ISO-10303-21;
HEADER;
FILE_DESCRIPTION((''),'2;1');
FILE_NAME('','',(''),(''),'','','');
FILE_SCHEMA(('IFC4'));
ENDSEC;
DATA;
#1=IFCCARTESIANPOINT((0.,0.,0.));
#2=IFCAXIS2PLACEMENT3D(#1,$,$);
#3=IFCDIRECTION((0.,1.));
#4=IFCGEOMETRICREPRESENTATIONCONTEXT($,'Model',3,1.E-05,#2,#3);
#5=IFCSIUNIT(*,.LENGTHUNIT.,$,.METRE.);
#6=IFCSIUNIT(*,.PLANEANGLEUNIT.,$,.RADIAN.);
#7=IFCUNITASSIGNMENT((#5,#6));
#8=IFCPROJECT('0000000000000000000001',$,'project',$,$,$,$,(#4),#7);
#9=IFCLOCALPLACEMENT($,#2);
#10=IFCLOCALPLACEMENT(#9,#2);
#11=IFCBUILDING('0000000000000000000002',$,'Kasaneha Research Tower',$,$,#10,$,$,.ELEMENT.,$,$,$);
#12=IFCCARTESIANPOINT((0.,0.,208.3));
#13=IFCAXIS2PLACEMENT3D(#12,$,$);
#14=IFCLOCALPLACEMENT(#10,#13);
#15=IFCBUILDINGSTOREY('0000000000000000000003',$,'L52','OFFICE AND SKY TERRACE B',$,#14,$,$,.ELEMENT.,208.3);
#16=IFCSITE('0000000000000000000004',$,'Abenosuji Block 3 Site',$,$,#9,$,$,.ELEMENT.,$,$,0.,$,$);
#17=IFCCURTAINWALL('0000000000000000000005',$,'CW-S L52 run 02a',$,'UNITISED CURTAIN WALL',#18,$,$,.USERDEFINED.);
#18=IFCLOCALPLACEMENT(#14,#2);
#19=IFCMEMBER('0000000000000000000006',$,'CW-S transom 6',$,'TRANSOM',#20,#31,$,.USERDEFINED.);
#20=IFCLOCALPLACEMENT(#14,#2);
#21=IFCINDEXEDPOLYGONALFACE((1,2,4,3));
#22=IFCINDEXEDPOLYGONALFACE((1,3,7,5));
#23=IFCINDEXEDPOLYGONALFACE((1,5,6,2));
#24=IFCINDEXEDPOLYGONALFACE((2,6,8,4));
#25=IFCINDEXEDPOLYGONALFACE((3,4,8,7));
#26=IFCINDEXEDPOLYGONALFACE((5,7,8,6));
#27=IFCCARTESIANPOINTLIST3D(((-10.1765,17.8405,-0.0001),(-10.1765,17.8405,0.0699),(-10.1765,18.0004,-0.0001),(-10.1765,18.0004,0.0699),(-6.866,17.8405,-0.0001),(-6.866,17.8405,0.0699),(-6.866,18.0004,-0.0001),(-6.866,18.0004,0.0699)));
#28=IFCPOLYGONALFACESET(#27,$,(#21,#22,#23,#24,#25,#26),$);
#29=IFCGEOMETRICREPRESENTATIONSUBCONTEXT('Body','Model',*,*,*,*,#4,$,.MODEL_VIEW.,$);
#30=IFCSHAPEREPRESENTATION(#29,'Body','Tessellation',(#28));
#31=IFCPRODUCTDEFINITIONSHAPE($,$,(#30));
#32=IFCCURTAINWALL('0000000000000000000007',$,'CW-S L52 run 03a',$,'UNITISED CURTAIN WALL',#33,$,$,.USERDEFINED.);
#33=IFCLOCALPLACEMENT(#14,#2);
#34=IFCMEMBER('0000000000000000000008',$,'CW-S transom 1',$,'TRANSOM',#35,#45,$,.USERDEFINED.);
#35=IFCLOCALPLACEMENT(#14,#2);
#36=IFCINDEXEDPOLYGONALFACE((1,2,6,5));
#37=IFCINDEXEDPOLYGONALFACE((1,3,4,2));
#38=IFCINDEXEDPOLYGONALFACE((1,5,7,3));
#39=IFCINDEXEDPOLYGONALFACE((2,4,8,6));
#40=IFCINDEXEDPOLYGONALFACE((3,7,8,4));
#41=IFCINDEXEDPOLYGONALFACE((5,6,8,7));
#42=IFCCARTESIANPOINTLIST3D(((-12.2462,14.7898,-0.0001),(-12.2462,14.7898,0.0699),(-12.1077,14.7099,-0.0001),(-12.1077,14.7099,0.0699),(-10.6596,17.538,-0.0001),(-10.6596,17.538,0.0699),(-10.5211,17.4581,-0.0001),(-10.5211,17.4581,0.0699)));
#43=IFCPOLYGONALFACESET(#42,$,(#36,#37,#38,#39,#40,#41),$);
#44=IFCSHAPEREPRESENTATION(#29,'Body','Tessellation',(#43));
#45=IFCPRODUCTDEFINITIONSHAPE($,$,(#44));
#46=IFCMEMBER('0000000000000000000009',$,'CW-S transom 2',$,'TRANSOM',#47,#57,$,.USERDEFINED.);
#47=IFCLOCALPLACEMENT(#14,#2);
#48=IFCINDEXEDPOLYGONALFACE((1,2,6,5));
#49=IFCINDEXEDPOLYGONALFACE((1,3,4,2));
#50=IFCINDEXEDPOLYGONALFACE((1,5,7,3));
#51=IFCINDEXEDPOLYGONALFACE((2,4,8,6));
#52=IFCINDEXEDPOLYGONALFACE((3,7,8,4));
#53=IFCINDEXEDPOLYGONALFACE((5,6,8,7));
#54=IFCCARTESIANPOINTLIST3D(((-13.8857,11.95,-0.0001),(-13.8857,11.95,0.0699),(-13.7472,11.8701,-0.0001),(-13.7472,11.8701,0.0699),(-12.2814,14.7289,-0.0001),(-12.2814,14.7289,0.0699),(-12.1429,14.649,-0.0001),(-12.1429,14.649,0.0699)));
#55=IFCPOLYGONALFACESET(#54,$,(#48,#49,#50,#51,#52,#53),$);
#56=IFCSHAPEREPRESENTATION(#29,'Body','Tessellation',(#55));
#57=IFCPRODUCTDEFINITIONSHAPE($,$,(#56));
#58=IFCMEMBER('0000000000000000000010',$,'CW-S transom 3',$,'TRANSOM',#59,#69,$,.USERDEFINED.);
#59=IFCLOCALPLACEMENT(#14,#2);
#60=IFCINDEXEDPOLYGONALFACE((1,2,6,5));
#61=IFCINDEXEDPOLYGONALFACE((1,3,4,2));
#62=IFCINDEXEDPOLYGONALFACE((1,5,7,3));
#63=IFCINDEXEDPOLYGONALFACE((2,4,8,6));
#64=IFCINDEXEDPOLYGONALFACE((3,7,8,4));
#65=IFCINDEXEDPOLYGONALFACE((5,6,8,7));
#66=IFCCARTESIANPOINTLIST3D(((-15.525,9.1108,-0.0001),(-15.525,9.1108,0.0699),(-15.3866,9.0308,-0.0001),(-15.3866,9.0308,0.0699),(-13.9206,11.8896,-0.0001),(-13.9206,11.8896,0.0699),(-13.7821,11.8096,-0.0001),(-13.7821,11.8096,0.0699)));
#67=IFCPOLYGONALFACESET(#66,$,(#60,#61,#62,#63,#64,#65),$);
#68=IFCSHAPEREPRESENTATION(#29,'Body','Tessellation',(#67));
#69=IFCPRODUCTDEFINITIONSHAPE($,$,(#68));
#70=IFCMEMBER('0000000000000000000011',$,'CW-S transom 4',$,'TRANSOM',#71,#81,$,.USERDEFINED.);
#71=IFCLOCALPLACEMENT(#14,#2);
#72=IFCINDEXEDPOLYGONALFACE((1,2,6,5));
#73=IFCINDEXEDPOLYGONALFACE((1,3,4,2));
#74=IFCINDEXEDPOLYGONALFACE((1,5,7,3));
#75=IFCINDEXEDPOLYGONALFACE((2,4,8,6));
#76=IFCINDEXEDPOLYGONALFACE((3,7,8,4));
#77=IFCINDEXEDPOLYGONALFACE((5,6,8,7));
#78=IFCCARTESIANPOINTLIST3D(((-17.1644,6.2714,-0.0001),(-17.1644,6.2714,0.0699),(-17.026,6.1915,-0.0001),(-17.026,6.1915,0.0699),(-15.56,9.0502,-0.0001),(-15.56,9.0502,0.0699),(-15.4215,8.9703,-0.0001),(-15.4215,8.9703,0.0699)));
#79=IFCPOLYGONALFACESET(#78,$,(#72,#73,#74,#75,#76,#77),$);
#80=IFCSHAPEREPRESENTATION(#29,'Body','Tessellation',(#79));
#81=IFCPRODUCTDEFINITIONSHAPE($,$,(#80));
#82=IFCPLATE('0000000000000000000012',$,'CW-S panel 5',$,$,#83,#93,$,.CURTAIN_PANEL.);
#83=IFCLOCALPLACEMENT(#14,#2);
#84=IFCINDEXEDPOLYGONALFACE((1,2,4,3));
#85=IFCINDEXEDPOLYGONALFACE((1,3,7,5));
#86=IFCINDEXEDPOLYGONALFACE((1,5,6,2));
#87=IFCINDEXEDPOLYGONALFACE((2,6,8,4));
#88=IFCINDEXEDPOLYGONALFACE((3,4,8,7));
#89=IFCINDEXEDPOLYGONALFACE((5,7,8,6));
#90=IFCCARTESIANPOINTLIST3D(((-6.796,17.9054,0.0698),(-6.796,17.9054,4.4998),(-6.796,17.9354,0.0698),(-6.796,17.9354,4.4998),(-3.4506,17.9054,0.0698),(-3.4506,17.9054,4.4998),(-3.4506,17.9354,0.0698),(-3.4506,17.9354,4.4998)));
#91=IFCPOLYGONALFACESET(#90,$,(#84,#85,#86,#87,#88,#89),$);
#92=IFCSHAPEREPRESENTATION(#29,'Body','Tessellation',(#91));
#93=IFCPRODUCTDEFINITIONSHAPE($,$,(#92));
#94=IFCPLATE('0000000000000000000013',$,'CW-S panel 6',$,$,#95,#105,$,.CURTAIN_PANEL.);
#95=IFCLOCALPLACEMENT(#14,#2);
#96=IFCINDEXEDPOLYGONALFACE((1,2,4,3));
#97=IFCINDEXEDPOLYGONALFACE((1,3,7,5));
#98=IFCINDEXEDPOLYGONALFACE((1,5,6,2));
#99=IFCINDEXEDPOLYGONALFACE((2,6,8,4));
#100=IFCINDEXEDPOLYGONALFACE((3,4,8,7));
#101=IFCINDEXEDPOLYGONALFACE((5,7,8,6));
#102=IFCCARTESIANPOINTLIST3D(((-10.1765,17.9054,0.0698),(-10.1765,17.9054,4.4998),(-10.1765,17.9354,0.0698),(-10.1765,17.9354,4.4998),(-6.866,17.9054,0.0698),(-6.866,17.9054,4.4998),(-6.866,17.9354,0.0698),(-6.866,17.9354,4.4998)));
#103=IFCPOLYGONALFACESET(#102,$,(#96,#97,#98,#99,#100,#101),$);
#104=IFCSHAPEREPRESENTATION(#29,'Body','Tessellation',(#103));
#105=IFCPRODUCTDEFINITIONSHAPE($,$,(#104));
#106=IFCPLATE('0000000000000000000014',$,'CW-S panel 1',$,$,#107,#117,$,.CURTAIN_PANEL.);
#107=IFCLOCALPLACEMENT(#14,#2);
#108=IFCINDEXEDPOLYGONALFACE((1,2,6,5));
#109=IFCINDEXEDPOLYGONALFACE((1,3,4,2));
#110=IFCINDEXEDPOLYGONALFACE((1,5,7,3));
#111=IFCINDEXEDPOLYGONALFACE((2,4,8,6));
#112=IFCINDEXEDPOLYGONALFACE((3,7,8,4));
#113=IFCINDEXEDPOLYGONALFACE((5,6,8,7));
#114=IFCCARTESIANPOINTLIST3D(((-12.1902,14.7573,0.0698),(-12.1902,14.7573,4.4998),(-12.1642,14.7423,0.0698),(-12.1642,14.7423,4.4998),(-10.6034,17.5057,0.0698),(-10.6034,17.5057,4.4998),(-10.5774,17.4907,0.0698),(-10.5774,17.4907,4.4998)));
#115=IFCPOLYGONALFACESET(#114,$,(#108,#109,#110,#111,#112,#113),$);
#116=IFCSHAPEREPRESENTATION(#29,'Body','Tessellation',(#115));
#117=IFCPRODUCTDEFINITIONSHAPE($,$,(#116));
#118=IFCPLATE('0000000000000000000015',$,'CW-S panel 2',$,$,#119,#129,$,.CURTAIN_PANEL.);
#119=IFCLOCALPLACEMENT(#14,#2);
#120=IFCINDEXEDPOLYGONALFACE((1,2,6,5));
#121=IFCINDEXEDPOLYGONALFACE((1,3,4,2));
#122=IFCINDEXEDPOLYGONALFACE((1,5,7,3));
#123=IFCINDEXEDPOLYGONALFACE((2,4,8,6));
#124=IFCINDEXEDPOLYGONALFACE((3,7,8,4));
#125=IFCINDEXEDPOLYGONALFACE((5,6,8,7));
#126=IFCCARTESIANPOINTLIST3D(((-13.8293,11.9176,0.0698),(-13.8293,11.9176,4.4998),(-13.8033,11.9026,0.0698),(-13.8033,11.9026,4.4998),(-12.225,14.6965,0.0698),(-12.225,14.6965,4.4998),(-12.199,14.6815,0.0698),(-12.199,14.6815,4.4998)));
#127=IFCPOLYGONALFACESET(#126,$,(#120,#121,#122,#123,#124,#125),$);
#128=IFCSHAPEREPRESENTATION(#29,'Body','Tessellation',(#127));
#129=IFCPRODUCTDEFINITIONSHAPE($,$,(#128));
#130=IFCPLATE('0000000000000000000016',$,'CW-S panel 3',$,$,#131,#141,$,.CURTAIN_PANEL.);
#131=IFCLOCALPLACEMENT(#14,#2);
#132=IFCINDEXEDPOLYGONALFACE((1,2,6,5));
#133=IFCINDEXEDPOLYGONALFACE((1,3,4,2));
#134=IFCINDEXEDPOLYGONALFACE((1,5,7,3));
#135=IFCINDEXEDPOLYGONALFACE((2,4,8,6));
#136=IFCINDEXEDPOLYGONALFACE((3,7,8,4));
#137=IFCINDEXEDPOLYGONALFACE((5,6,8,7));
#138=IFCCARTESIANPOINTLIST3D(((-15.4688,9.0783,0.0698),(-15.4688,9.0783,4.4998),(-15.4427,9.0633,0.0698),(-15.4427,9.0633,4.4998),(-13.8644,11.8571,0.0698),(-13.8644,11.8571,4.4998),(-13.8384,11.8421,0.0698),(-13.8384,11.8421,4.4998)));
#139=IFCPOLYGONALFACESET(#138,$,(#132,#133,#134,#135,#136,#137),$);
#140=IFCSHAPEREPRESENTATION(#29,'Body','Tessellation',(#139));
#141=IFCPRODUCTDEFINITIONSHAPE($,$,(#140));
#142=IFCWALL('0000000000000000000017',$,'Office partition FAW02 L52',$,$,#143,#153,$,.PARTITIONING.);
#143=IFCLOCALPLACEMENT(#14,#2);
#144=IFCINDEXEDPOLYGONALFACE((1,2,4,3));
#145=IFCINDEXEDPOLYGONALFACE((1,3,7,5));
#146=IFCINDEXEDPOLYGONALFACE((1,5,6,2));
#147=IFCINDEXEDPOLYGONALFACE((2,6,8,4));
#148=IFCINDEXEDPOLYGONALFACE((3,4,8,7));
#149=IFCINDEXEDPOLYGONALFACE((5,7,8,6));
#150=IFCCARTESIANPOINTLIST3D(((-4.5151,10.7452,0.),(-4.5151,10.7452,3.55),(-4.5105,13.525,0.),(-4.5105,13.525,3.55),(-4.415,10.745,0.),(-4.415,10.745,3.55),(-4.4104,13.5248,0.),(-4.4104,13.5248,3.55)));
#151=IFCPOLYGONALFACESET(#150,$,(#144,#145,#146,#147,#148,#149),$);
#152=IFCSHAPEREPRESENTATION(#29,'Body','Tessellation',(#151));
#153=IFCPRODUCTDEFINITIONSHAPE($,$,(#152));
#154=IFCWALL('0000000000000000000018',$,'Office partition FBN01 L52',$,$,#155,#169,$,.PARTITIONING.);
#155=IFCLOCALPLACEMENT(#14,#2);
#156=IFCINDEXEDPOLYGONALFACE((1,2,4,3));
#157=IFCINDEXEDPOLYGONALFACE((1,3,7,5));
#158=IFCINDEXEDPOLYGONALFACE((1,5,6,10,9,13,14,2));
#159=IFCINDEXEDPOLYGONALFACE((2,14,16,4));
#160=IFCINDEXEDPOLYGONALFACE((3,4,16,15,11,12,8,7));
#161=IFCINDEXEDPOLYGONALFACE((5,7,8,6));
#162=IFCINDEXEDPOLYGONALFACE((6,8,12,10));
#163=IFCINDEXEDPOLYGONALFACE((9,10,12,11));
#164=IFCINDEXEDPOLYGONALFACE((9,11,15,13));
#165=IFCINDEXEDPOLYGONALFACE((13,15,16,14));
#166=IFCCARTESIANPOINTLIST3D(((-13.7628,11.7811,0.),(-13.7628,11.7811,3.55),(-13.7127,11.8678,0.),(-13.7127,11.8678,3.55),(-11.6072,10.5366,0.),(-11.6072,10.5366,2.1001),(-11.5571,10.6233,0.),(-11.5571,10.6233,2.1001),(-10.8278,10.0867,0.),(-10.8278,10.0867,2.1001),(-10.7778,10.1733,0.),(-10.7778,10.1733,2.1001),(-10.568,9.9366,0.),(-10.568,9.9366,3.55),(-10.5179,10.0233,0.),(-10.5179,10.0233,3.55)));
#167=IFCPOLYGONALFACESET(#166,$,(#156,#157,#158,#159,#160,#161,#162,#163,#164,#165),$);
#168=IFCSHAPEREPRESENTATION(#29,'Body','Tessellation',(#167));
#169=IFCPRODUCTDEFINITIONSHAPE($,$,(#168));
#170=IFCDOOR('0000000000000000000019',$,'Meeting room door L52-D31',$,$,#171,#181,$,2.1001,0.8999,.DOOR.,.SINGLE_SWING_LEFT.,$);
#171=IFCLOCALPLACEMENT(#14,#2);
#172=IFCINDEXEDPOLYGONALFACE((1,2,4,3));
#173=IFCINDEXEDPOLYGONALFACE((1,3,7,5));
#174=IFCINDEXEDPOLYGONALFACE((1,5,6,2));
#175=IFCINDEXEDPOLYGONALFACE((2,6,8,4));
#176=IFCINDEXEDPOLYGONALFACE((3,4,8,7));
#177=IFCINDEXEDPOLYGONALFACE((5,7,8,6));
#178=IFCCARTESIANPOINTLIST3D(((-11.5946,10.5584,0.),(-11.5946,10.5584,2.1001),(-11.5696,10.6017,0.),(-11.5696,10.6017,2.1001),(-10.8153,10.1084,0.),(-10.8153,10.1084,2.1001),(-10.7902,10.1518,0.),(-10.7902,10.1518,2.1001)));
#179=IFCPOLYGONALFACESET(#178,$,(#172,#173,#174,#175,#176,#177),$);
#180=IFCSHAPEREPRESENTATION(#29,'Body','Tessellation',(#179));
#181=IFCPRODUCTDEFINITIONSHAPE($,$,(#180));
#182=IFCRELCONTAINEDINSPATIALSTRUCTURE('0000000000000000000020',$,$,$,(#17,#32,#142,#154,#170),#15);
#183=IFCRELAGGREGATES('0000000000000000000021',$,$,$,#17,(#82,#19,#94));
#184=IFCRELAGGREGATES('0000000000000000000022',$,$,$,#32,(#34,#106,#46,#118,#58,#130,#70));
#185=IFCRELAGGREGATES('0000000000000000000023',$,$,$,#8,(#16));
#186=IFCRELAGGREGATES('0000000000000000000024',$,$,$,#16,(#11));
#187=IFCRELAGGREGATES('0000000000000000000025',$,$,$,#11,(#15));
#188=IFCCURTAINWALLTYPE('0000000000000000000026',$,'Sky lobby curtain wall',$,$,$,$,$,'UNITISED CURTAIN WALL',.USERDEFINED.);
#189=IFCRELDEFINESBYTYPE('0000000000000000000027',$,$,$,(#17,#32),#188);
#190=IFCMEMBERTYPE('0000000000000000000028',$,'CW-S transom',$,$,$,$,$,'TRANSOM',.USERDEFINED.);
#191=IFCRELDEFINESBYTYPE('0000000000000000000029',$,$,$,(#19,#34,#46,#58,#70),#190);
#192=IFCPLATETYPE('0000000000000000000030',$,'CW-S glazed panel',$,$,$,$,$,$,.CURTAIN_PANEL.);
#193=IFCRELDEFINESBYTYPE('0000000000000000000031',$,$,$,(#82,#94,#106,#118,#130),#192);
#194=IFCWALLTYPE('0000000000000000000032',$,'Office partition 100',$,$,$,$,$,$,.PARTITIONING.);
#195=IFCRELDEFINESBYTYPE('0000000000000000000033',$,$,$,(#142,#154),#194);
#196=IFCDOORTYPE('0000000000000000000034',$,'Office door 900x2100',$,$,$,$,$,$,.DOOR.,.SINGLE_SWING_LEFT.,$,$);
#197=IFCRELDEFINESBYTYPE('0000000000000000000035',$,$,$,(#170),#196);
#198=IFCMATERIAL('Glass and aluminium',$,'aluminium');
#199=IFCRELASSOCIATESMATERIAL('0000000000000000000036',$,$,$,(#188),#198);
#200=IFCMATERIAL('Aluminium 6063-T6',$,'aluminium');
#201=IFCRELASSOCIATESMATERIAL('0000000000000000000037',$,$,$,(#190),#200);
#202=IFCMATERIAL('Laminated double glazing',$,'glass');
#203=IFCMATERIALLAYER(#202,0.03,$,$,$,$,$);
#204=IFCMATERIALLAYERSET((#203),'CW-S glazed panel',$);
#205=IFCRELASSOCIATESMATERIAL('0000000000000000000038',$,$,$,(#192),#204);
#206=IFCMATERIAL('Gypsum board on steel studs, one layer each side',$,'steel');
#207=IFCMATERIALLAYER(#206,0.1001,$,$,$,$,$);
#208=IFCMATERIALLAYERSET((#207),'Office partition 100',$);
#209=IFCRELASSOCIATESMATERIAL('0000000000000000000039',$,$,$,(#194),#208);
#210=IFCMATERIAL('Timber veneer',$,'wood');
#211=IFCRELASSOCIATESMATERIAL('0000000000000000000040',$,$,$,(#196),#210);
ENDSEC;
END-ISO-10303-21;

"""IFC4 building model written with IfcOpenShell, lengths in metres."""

from ifc_helpers import new_model, si_unit, direction, frame, frame_2d, origin, origin_2d, place, context, subcontext, project, spatial, rectangle, extrude, material, layer, layer_set, material_profile, profile_set, type_object, element, fill, aggregate, save


model = new_model("IFC4")

# Units and contexts
model_context = context("Model", 3, precision=1e-05, world=origin(), true_north=direction((0.0, 1.0)))
body_context = subcontext(model_context, "Body", "Model", "MODEL_VIEW")
ifc_project = project(units=[si_unit("LENGTHUNIT", "METRE"), si_unit("PLANEANGLEUNIT", "RADIAN")], contexts=[model_context])

# Site, building, storey
site_placement = place(None, origin())
site = spatial("IfcSite", under=ifc_project, at=site_placement, Name="Abenosuji Block 3 Site", CompositionType="ELEMENT", RefElevation=0.0)
building_placement = place(site_placement, origin())
building = spatial("IfcBuilding", under=site, at=building_placement, Name="Kasaneha Research Tower", CompositionType="ELEMENT")
storey_placement = place(building_placement, frame((0.0, 0.0, 208.3)))
storey = spatial("IfcBuildingStorey", under=building, at=storey_placement, Name="L52", Description="OFFICE AND SKY TERRACE B", CompositionType="ELEMENT", Elevation=208.3)

# Curtain wall, member
ifc_material_1 = material(Name="Glass and aluminium", Category="aluminium")
curtain_wall_type = type_object("IfcCurtainWallType", Name="Sky lobby curtain wall", ElementType="UNITISED CURTAIN WALL", PredefinedType="USERDEFINED", material=ifc_material_1)
curtain_wall_1_placement = place(storey_placement, origin())
curtain_wall_1 = element("IfcCurtainWall", 1, at=curtain_wall_1_placement, inside=storey, type_object=curtain_wall_type, Name="CW-S L52 run 02a", ObjectType="UNITISED CURTAIN WALL", PredefinedType="USERDEFINED")
ifc_material_2 = material(Name="Aluminium 6063-T6", Category="aluminium")
ifc_material_profile = material_profile(ifc_material_2, rectangle(XDim=0.1599, YDim=0.0701, at=origin_2d()), Name="CW-S transom 160x70")
ifc_profile_set = profile_set([ifc_material_profile], Name="Aluminium 6063-T6")
member_type = type_object("IfcMemberType", Name="CW-S transom", ElementType="TRANSOM", PredefinedType="USERDEFINED", material=ifc_profile_set)
member_1_placement = place(storey_placement, frame((-6.866, 17.9204, 0.0349), z_axis=(-1.0, 0.0, 0.0), x_axis=(0.0, -1.0, 0.0)))
member_1 = element("IfcMember", 2, at=member_1_placement, type_object=member_type, Name="CW-S transom 6", ObjectType="TRANSOM", PredefinedType="USERDEFINED", context=body_context, shape_type="SweptSolid", body=[
    extrude(rectangle(XDim=0.1599, YDim=0.0701, at=origin_2d()), origin(), (0.0, 0.0, 1.0), 3.3105),
])

# Curtain wall, members
curtain_wall_2_placement = place(storey_placement, origin())
curtain_wall_2 = element("IfcCurtainWall", 3, at=curtain_wall_2_placement, inside=storey, type_object=curtain_wall_type, Name="CW-S L52 run 03a", ObjectType="UNITISED CURTAIN WALL", PredefinedType="USERDEFINED")
member_2_placement = place(storey_placement, frame((-10.5903, 17.498, 0.0349), z_axis=(-0.499987, -0.866033, 0.0), x_axis=(0.866033, -0.499987, 0.0)))
member_2 = element("IfcMember", 4, at=member_2_placement, type_object=member_type, Name="CW-S transom 1", ObjectType="TRANSOM", PredefinedType="USERDEFINED", context=body_context, shape_type="SweptSolid", body=[
    extrude(rectangle(XDim=0.1599, YDim=0.0701, at=origin_2d()), origin(), (0.0, 0.0, 1.0), 3.1733),
])
member_3_placement = place(storey_placement, frame((-12.2122, 14.689, 0.0349), z_axis=(-0.499977, -0.866039, 0.0), x_axis=(0.866039, -0.499977, 0.0)))
member_3 = element("IfcMember", 5, at=member_3_placement, type_object=member_type, Name="CW-S transom 2", ObjectType="TRANSOM", PredefinedType="USERDEFINED", context=body_context, shape_type="SweptSolid", body=[
    extrude(rectangle(XDim=0.1599, YDim=0.0701, at=origin_2d()), origin(), (0.0, 0.0, 1.0), 3.2087),
])
member_4_placement = place(storey_placement, frame((-13.8513, 11.8496, 0.0349), z_axis=(-0.500034, -0.866006, 0.0), x_axis=(0.866006, -0.500034, 0.0)))
member_4 = element("IfcMember", 6, at=member_4_placement, type_object=member_type, Name="CW-S transom 3", ObjectType="TRANSOM", PredefinedType="USERDEFINED", context=body_context, shape_type="SweptSolid", body=[
    extrude(rectangle(XDim=0.1599, YDim=0.0701, at=origin_2d()), origin(), (0.0, 0.0, 1.0), 3.2087),
])
member_5_placement = place(storey_placement, frame((-15.4907, 9.0103, 0.0349), z_axis=(-0.500034, -0.866006, 0.0), x_axis=(0.866006, -0.500034, 0.0)))
member_5 = element("IfcMember", 7, at=member_5_placement, type_object=member_type, Name="CW-S transom 4", ObjectType="TRANSOM", PredefinedType="USERDEFINED", context=body_context, shape_type="SweptSolid", body=[
    extrude(rectangle(XDim=0.1599, YDim=0.0701, at=origin_2d()), origin(), (0.0, 0.0, 1.0), 3.2087),
])

# Plates
ifc_material_3 = material(Name="Laminated double glazing", Category="glass")
ifc_layer_1 = layer(ifc_material_3, 0.03)
ifc_layer_set_1 = layer_set([ifc_layer_1], Name="CW-S glazed panel")
plate_type = type_object("IfcPlateType", Name="CW-S glazed panel", PredefinedType="CURTAIN_PANEL", material=ifc_layer_set_1)
plate_1_placement = place(storey_placement, frame((-5.1233, 17.9204, 0.0698), z_axis=(0.0, 0.0, 1.0), x_axis=(-1.0, 0.0, 0.0)))
plate_1 = element("IfcPlate", 8, at=plate_1_placement, type_object=plate_type, Name="CW-S panel 5", PredefinedType="CURTAIN_PANEL", context=body_context, shape_type="SweptSolid", body=[
    extrude(rectangle(XDim=3.3455, YDim=0.03, at=origin_2d()), origin(), (0.0, 0.0, 1.0), 4.4299),
])
plate_2_placement = place(storey_placement, frame((-8.5212, 17.9204, 0.0698), z_axis=(0.0, 0.0, 1.0), x_axis=(-1.0, 0.0, 0.0)))
plate_2 = element("IfcPlate", 9, at=plate_2_placement, type_object=plate_type, Name="CW-S panel 6", PredefinedType="CURTAIN_PANEL", context=body_context, shape_type="SweptSolid", body=[
    extrude(rectangle(XDim=3.3105, YDim=0.03, at=origin_2d()), origin(), (0.0, 0.0, 1.0), 4.4299),
])
aggregate(curtain_wall_1, [plate_1, member_1, plate_2])
plate_3_placement = place(storey_placement, frame((-11.3838, 16.124, 0.0698), z_axis=(0.0, 0.0, 1.0), x_axis=(-0.5, -0.866025, 0.0)))
plate_3 = element("IfcPlate", 10, at=plate_3_placement, type_object=plate_type, Name="CW-S panel 1", PredefinedType="CURTAIN_PANEL", context=body_context, shape_type="SweptSolid", body=[
    extrude(rectangle(XDim=3.1736, YDim=0.03, at=origin_2d()), origin(), (0.0, 0.0, 1.0), 4.4299),
])
plate_4_placement = place(storey_placement, frame((-13.0142, 13.2996, 0.0698), z_axis=(0.0, 0.0, 1.0), x_axis=(-0.5, -0.866025, 0.0)))
plate_4 = element("IfcPlate", 11, at=plate_4_placement, type_object=plate_type, Name="CW-S panel 2", PredefinedType="CURTAIN_PANEL", context=body_context, shape_type="SweptSolid", body=[
    extrude(rectangle(XDim=3.2087, YDim=0.03, at=origin_2d()), origin(), (0.0, 0.0, 1.0), 4.4299),
])
plate_5_placement = place(storey_placement, frame((-14.6536, 10.4602, 0.0698), z_axis=(0.0, 0.0, 1.0), x_axis=(-0.5, -0.866025, 0.0)))
plate_5 = element("IfcPlate", 12, at=plate_5_placement, type_object=plate_type, Name="CW-S panel 3", PredefinedType="CURTAIN_PANEL", context=body_context, shape_type="SweptSolid", body=[
    extrude(rectangle(XDim=3.2087, YDim=0.03, at=origin_2d()), origin(), (0.0, 0.0, 1.0), 4.4299),
])
aggregate(curtain_wall_2, [member_2, plate_3, member_3, plate_4, member_4, plate_5, member_5])

# Wall
ifc_material_4 = material(Name="Gypsum board on steel studs, one layer each side", Category="steel")
ifc_layer_2 = layer(ifc_material_4, 0.1001)
ifc_layer_set_2 = layer_set([ifc_layer_2], Name="Office partition 100")
wall_type_1 = type_object("IfcWallType", Name="Office partition 100", PredefinedType="PARTITIONING", material=ifc_layer_set_2)
wall_1_placement = place(storey_placement, frame((-4.4651, 10.7451, 0.0), z_axis=(0.0, 0.0, 1.0), x_axis=(0.001669, 0.999999, 0.0)))
element("IfcWall", 13, at=wall_1_placement, inside=storey, type_object=wall_type_1, Name="Office partition FAW02 L52", PredefinedType="PARTITIONING", context=body_context, shape_type="SweptSolid", body=[
    extrude(rectangle(XDim=2.7798, YDim=0.1001, at=frame_2d((1.3899, 0.0))), origin(), (0.0, 0.0, 1.0), 3.55),
])

# Wall, opening, door
wall_2_placement = place(storey_placement, frame((-10.543, 9.98, 0.0), z_axis=(0.0, 0.0, 1.0), x_axis=(-0.866031, 0.49999, 0.0)))
wall_2 = element("IfcWall", 14, at=wall_2_placement, inside=storey, type_object=wall_type_1, Name="Office partition FBN01 L52", PredefinedType="PARTITIONING", context=body_context, shape_type="SweptSolid", body=[
    extrude(rectangle(XDim=3.689, YDim=0.1001, at=frame_2d((1.8445, 0.0))), origin(), (0.0, 0.0, 1.0), 3.55),
])
opening_1_placement = place(wall_2_placement, frame((0.3, 0.0, 0.0)))
opening_1 = element("IfcOpeningElement", 15, at=opening_1_placement, cuts=wall_2, PredefinedType="OPENING", context=body_context, shape_type="SweptSolid", body=[
    extrude(rectangle(XDim=0.8999, YDim=2.1001, at=frame_2d((0.45, 1.05))), frame((0.0, 0.0601, 0.0), z_axis=(0.0, -1.0, 0.0), x_axis=(1.0, 0.0, 0.0)), (0.0, 0.0, 1.0), 0.1201),
])
ifc_material_5 = material(Name="Timber veneer", Category="wood")
door_type_1 = type_object("IfcDoorType", Name="Office door 900x2100", OperationType="SINGLE_SWING_LEFT", PredefinedType="DOOR", material=ifc_material_5)
door_1_placement = place(opening_1_placement, origin())
door_1 = element("IfcDoor", 16, at=door_1_placement, inside=storey, type_object=door_type_1, Name="Meeting room door L52-D31", OperationType="SINGLE_SWING_LEFT", OverallHeight=2.1001, OverallWidth=0.8999, PredefinedType="DOOR", context=body_context, shape_type="SweptSolid", body=[
    extrude(rectangle(XDim=0.8999, YDim=2.1001, at=frame_2d((0.45, 1.05))), frame((0.0, 0.0249, 0.0), z_axis=(0.0, -1.0, 0.0), x_axis=(1.0, 0.0, 0.0)), (0.0, 0.0, 1.0), 0.05),
])
fill(opening_1, door_1)

save(model, "model.ifc")
